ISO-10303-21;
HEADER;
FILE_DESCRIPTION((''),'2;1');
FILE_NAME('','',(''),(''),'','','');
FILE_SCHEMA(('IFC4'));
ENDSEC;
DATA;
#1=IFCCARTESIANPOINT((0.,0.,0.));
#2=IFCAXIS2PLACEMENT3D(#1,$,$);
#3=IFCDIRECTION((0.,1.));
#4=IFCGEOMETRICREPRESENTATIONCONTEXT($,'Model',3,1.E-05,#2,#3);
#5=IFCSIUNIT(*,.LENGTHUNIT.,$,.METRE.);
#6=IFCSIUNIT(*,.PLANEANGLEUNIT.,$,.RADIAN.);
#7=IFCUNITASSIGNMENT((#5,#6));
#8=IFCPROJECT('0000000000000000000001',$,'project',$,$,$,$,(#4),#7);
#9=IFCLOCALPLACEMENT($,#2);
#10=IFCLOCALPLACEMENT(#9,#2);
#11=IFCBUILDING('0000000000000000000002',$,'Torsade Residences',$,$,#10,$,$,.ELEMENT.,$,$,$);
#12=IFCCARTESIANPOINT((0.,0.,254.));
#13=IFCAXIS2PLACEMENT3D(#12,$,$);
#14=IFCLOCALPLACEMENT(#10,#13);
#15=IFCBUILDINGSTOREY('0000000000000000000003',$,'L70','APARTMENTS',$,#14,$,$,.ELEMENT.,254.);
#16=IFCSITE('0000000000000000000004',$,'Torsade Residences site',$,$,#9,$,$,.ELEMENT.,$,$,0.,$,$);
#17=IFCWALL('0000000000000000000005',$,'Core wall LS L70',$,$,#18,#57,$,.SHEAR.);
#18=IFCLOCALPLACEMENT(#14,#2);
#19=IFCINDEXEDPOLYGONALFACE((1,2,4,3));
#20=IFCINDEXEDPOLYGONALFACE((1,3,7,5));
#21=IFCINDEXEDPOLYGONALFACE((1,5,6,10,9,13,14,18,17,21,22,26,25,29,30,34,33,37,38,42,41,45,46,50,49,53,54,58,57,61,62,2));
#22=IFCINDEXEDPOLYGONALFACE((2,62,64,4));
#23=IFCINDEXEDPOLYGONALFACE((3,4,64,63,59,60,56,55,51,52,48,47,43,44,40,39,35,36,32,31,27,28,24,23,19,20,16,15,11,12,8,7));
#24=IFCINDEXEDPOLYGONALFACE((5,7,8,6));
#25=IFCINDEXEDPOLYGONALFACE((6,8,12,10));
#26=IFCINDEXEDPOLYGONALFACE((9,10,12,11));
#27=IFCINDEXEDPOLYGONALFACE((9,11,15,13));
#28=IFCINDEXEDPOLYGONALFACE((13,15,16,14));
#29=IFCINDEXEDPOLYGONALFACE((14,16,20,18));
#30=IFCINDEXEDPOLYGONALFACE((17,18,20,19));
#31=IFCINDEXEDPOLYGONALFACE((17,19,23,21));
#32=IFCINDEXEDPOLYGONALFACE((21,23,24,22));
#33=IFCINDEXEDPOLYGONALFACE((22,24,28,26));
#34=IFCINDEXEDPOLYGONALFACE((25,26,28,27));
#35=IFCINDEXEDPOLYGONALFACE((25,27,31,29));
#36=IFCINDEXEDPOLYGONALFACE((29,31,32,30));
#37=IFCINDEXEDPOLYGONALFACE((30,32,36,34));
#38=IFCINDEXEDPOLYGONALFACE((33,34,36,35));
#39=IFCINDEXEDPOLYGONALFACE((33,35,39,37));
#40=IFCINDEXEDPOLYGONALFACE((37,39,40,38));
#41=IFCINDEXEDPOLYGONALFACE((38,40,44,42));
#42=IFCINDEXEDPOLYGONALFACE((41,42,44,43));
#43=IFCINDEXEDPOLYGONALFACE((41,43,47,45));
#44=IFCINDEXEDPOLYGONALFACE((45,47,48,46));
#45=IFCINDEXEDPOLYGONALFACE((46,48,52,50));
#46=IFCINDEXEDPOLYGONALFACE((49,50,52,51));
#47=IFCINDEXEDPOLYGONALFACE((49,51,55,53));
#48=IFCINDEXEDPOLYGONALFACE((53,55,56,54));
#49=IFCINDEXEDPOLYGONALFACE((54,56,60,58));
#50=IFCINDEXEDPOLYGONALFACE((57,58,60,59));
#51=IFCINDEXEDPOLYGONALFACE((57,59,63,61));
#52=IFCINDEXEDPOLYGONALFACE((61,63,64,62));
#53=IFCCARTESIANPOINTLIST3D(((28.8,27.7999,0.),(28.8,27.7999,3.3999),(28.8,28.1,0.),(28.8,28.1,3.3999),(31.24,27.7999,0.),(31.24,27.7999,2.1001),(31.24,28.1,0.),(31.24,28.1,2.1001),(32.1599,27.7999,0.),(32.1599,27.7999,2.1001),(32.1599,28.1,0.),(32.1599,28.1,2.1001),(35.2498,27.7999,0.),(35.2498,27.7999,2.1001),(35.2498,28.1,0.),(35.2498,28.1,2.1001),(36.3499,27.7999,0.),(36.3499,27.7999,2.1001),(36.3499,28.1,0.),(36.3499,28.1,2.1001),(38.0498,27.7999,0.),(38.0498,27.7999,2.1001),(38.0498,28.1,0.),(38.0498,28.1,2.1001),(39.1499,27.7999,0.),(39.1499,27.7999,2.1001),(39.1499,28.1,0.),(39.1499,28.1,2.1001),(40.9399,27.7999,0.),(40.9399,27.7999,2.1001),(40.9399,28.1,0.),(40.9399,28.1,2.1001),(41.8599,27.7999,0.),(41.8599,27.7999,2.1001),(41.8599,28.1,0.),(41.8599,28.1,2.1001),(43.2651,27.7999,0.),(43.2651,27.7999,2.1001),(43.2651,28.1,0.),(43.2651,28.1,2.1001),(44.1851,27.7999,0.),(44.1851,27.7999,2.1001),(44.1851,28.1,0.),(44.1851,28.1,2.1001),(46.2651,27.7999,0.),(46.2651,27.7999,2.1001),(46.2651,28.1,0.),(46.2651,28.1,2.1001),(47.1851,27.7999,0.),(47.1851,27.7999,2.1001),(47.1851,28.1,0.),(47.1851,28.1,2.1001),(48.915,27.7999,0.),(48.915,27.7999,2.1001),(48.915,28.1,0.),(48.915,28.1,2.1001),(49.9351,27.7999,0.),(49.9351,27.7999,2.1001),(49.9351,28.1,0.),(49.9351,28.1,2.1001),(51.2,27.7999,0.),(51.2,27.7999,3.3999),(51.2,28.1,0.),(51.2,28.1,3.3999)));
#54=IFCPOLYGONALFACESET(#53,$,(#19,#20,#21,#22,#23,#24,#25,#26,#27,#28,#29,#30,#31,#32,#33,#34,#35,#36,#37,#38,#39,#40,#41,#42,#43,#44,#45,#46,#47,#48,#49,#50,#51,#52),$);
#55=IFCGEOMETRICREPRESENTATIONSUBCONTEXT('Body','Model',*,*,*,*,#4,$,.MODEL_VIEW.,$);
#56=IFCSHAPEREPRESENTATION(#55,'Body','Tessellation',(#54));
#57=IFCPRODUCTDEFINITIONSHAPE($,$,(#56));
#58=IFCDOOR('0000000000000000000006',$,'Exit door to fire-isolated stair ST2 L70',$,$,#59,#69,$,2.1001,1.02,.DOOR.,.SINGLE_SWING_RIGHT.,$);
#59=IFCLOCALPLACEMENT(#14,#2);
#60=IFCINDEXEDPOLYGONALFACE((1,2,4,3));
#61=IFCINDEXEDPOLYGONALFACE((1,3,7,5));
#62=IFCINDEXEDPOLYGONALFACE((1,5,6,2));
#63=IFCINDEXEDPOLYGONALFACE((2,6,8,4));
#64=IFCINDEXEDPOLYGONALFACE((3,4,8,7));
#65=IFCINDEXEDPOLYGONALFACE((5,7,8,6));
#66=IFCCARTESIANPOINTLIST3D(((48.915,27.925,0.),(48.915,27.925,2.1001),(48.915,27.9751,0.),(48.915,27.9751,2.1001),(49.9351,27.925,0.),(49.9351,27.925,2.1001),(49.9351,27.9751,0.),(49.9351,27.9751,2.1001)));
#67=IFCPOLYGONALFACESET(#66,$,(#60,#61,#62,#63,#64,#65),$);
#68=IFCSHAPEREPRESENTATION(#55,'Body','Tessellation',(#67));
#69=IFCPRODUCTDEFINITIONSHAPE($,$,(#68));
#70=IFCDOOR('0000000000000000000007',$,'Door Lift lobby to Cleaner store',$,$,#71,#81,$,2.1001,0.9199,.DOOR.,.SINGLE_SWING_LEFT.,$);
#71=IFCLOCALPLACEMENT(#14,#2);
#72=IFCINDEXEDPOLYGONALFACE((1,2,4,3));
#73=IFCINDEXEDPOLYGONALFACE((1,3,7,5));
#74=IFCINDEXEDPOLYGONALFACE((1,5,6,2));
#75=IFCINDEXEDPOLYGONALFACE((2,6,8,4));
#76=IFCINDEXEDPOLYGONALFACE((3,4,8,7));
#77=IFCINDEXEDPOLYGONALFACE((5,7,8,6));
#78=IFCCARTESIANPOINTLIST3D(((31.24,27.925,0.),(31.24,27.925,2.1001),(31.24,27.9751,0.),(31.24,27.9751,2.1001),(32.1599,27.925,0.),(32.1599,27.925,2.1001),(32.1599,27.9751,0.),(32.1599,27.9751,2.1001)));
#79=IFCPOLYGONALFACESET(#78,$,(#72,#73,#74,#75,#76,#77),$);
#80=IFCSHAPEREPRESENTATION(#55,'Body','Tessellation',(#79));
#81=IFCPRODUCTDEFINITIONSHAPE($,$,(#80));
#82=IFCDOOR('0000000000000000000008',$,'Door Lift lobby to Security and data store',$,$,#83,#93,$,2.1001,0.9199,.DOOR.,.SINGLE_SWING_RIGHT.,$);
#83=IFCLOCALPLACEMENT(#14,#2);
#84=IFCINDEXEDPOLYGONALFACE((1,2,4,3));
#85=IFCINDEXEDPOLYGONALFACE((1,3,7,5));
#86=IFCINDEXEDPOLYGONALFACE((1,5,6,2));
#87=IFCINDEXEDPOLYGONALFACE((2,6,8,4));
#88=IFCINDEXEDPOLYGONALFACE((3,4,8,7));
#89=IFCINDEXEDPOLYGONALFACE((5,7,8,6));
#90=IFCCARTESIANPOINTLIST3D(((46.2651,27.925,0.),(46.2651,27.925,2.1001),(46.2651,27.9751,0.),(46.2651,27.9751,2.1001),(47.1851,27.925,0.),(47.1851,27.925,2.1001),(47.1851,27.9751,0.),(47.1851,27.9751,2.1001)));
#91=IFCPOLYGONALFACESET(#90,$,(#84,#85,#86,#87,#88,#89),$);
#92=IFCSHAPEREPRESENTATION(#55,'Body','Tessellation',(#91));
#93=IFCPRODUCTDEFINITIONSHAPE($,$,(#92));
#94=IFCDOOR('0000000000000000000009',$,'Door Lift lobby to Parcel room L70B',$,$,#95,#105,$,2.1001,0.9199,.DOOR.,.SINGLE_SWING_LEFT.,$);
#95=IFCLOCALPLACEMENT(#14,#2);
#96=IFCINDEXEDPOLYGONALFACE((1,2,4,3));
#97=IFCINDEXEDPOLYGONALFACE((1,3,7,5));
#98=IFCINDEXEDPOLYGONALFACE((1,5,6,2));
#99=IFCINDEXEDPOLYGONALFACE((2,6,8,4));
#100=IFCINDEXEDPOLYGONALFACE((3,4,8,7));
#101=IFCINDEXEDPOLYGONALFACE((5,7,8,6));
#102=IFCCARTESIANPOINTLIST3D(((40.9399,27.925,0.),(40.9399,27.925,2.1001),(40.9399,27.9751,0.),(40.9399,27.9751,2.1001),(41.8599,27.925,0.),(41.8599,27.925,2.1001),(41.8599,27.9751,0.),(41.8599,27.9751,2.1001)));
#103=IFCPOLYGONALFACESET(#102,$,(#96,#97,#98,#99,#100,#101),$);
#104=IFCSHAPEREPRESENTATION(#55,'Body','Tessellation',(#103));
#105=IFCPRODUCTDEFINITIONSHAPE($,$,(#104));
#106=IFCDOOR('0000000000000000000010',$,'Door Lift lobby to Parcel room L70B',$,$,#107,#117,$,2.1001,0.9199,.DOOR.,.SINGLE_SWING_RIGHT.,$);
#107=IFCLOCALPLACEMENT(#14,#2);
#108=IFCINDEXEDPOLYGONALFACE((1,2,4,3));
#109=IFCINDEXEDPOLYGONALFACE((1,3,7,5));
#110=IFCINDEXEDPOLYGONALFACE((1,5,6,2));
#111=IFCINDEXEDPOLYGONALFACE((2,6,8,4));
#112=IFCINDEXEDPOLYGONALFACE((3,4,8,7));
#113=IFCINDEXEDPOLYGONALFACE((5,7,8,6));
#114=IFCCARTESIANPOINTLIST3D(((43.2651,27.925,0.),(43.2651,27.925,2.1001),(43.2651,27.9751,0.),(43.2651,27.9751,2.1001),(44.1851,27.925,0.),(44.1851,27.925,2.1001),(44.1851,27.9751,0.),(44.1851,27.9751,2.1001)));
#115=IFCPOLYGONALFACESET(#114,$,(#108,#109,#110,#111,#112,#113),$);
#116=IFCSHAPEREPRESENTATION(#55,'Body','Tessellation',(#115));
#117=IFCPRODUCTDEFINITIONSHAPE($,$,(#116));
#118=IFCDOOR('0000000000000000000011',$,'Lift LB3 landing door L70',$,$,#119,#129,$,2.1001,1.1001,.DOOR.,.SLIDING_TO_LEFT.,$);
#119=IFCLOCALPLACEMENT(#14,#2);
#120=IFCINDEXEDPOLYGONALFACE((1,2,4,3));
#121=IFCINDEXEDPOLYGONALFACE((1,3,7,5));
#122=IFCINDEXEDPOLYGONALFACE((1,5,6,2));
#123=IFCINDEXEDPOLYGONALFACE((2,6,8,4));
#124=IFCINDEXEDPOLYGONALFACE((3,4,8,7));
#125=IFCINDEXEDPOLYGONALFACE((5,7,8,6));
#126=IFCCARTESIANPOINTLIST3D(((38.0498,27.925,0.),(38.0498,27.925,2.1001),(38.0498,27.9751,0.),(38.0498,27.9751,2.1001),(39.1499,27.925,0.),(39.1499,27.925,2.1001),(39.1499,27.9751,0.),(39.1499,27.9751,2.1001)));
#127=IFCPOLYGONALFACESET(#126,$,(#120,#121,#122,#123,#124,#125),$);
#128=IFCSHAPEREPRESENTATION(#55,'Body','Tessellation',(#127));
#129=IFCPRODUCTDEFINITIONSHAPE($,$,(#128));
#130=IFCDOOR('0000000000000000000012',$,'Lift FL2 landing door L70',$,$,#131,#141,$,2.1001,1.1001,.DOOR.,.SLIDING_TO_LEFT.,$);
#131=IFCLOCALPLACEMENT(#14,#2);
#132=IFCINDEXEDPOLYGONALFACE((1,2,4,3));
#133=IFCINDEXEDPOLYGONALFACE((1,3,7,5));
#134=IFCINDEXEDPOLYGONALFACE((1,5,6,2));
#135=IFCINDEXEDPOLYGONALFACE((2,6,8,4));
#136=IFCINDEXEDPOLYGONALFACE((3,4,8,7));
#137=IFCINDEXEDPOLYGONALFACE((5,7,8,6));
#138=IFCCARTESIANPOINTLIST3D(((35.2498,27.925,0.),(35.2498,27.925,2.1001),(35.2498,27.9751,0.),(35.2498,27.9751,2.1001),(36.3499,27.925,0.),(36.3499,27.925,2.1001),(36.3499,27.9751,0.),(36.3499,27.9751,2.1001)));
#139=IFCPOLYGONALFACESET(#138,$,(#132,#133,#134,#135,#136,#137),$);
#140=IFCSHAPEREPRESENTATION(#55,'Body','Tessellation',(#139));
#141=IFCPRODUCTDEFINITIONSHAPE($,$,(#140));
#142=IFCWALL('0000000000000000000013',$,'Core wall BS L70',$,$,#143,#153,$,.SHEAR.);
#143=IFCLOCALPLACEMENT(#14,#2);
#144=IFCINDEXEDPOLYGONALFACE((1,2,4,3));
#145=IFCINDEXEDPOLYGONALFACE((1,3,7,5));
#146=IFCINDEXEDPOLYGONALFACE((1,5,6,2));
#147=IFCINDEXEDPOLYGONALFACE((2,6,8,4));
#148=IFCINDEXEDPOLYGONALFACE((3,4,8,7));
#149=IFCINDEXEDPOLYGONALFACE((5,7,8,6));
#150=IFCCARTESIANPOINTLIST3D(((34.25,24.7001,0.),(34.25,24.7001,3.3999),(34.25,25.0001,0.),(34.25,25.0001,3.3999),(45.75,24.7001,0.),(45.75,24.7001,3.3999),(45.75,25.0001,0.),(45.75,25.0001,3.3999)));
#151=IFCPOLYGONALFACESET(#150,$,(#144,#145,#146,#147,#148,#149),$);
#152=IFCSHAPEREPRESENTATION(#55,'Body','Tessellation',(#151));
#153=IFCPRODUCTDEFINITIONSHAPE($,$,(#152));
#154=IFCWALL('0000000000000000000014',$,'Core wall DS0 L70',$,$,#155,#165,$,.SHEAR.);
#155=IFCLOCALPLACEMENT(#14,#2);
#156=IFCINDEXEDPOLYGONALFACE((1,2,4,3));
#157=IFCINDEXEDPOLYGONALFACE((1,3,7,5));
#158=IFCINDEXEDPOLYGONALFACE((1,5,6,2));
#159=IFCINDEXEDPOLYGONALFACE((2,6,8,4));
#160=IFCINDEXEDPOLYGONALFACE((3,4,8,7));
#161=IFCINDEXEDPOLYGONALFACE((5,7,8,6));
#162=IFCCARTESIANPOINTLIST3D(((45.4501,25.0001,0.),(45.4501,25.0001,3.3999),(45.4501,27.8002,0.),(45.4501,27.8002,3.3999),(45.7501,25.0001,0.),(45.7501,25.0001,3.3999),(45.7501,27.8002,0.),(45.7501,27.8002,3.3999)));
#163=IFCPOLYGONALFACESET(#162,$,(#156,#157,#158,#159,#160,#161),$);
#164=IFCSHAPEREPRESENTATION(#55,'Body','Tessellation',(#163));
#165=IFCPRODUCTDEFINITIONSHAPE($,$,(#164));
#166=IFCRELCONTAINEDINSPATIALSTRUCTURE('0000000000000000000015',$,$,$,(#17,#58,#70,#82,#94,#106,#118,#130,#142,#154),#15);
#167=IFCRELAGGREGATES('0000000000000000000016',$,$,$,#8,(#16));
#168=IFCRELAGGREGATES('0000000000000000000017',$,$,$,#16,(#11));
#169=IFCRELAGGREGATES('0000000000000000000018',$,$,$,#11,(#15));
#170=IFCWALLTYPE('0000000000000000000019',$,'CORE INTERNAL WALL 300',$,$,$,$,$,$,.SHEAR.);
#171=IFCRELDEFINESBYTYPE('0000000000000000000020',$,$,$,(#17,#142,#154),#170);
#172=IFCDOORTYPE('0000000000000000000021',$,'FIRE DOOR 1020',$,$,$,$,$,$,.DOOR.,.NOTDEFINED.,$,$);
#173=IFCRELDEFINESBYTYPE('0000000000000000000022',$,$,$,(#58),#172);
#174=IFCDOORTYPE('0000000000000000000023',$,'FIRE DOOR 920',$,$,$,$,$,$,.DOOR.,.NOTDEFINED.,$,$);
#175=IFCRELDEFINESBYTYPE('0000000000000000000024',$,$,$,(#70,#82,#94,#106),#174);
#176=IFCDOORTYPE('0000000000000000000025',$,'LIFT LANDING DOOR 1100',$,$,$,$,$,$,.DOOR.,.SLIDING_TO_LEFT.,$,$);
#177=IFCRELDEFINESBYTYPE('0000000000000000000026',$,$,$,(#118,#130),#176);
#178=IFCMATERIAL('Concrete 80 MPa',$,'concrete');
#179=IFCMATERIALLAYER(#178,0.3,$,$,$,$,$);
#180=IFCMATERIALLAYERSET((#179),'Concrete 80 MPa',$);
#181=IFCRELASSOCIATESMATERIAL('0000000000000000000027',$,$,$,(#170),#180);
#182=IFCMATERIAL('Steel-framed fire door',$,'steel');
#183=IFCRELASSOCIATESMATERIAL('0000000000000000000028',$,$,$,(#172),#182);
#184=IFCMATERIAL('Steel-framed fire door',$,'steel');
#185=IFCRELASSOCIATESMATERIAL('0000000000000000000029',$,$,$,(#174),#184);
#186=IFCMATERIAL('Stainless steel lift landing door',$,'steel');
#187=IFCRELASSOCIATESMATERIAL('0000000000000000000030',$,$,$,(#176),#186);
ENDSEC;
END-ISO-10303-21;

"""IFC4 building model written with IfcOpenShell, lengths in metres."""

from ifc_helpers import new_model, si_unit, direction, frame, frame_2d, origin, place, context, subcontext, project, spatial, rectangle, extrude, material, layer, layer_set, type_object, element, fill, save


model = new_model("IFC4")

# Units and contexts
model_context = context("Model", 3, precision=1e-05, world=origin(), true_north=direction((0.0, 1.0)))
body_context = subcontext(model_context, "Body", "Model", "MODEL_VIEW")
ifc_project = project(units=[si_unit("LENGTHUNIT", "METRE"), si_unit("PLANEANGLEUNIT", "RADIAN")], contexts=[model_context])

# Site, building, storey
site_placement = place(None, origin())
site = spatial("IfcSite", under=ifc_project, at=site_placement, Name="Torsade Residences site", CompositionType="ELEMENT", RefElevation=0.0)
building_placement = place(site_placement, origin())
building = spatial("IfcBuilding", under=site, at=building_placement, Name="Torsade Residences", CompositionType="ELEMENT")
storey_placement = place(building_placement, frame((0.0, 0.0, 254.0)))
storey = spatial("IfcBuildingStorey", under=building, at=storey_placement, Name="L70", Description="APARTMENTS", CompositionType="ELEMENT", Elevation=254.0)

# Wall, openings, doors
ifc_material_1 = material(Name="Concrete 80 MPa", Category="concrete")
ifc_layer_1 = layer(ifc_material_1, 0.3)
ifc_layer_set_1 = layer_set([ifc_layer_1], Name="Concrete 80 MPa")
wall_type_1 = type_object("IfcWallType", Name="CORE INTERNAL WALL 300", PredefinedType="SHEAR", material=ifc_layer_set_1)
wall_1_placement = place(storey_placement, frame((51.2, 27.95, 0.0), z_axis=(0.0, 0.0, 1.0), x_axis=(-1.0, 0.0, 0.0)))
wall_1 = element("IfcWall", 1, at=wall_1_placement, inside=storey, type_object=wall_type_1, Name="Core wall LS L70", PredefinedType="SHEAR", context=body_context, shape_type="SweptSolid", body=[
    extrude(rectangle(XDim=22.3999, YDim=0.3, at=frame_2d((11.2, 0.0))), origin(), (0.0, 0.0, 1.0), 3.3999),
])
opening_1_placement = place(wall_1_placement, frame((19.04, 0.0, 0.0)))
opening_1 = element("IfcOpeningElement", 2, at=opening_1_placement, cuts=wall_1, PredefinedType="OPENING", context=body_context, shape_type="SweptSolid", body=[
    extrude(rectangle(XDim=0.9199, YDim=2.1001, at=frame_2d((0.46, 1.05))), frame((0.0, 0.1599, 0.0), z_axis=(0.0, -1.0, 0.0), x_axis=(1.0, 0.0, 0.0)), (0.0, 0.0, 1.0), 0.3201),
])
opening_2_placement = place(wall_1_placement, frame((1.2649, 0.0, 0.0)))
opening_2 = element("IfcOpeningElement", 3, at=opening_2_placement, cuts=wall_1, PredefinedType="OPENING", context=body_context, shape_type="SweptSolid", body=[
    extrude(rectangle(XDim=1.02, YDim=2.1001, at=frame_2d((0.51, 1.05))), frame((0.0, 0.1599, 0.0), z_axis=(0.0, -1.0, 0.0), x_axis=(1.0, 0.0, 0.0)), (0.0, 0.0, 1.0), 0.3201),
])
opening_3_placement = place(wall_1_placement, frame((4.0149, 0.0, 0.0)))
opening_3 = element("IfcOpeningElement", 4, at=opening_3_placement, cuts=wall_1, PredefinedType="OPENING", context=body_context, shape_type="SweptSolid", body=[
    extrude(rectangle(XDim=0.9199, YDim=2.1001, at=frame_2d((0.46, 1.05))), frame((0.0, 0.1599, 0.0), z_axis=(0.0, -1.0, 0.0), x_axis=(1.0, 0.0, 0.0)), (0.0, 0.0, 1.0), 0.3201),
])
opening_4_placement = place(wall_1_placement, frame((9.3401, 0.0, 0.0)))
opening_4 = element("IfcOpeningElement", 5, at=opening_4_placement, cuts=wall_1, PredefinedType="OPENING", context=body_context, shape_type="SweptSolid", body=[
    extrude(rectangle(XDim=0.9199, YDim=2.1001, at=frame_2d((0.46, 1.05))), frame((0.0, 0.1599, 0.0), z_axis=(0.0, -1.0, 0.0), x_axis=(1.0, 0.0, 0.0)), (0.0, 0.0, 1.0), 0.3201),
])
opening_5_placement = place(wall_1_placement, frame((7.0149, 0.0, 0.0)))
opening_5 = element("IfcOpeningElement", 6, at=opening_5_placement, cuts=wall_1, PredefinedType="OPENING", context=body_context, shape_type="SweptSolid", body=[
    extrude(rectangle(XDim=0.9199, YDim=2.1001, at=frame_2d((0.46, 1.05))), frame((0.0, 0.1599, 0.0), z_axis=(0.0, -1.0, 0.0), x_axis=(1.0, 0.0, 0.0)), (0.0, 0.0, 1.0), 0.3201),
])
opening_6_placement = place(wall_1_placement, frame((12.05, 0.0, 0.0)))
opening_6 = element("IfcOpeningElement", 7, at=opening_6_placement, cuts=wall_1, PredefinedType="OPENING", context=body_context, shape_type="SweptSolid", body=[
    extrude(rectangle(XDim=1.1001, YDim=2.1001, at=frame_2d((0.55, 1.05))), frame((0.0, 0.1599, 0.0), z_axis=(0.0, -1.0, 0.0), x_axis=(1.0, 0.0, 0.0)), (0.0, 0.0, 1.0), 0.3201),
])
opening_7_placement = place(wall_1_placement, frame((14.8501, 0.0, 0.0)))
opening_7 = element("IfcOpeningElement", 8, at=opening_7_placement, cuts=wall_1, PredefinedType="OPENING", context=body_context, shape_type="SweptSolid", body=[
    extrude(rectangle(XDim=1.1001, YDim=2.1001, at=frame_2d((0.55, 1.05))), frame((0.0, 0.1599, 0.0), z_axis=(0.0, -1.0, 0.0), x_axis=(1.0, 0.0, 0.0)), (0.0, 0.0, 1.0), 0.3201),
])
ifc_material_2 = material(Name="Steel-framed fire door", Category="steel")
door_type_1 = type_object("IfcDoorType", Name="FIRE DOOR 1020", OperationType="NOTDEFINED", PredefinedType="DOOR", material=ifc_material_2)
door_1_placement = place(opening_2_placement, origin())
door_1 = element("IfcDoor", 9, at=door_1_placement, inside=storey, type_object=door_type_1, Name="Exit door to fire-isolated stair ST2 L70", OperationType="SINGLE_SWING_RIGHT", OverallHeight=2.1001, OverallWidth=1.02, PredefinedType="DOOR", context=body_context, shape_type="SweptSolid", body=[
    extrude(rectangle(XDim=1.02, YDim=2.1001, at=frame_2d((0.51, 1.05))), frame((0.0, 0.0249, 0.0), z_axis=(0.0, -1.0, 0.0), x_axis=(1.0, 0.0, 0.0)), (0.0, 0.0, 1.0), 0.05),
])
fill(opening_2, door_1)
ifc_material_3 = material(Name="Steel-framed fire door", Category="steel")
door_type_2 = type_object("IfcDoorType", Name="FIRE DOOR 920", OperationType="NOTDEFINED", PredefinedType="DOOR", material=ifc_material_3)
door_2_placement = place(opening_1_placement, origin())
door_2 = element("IfcDoor", 10, at=door_2_placement, inside=storey, type_object=door_type_2, Name="Door Lift lobby to Cleaner store", OperationType="SINGLE_SWING_LEFT", OverallHeight=2.1001, OverallWidth=0.9199, PredefinedType="DOOR", context=body_context, shape_type="SweptSolid", body=[
    extrude(rectangle(XDim=0.9199, YDim=2.1001, at=frame_2d((0.46, 1.05))), frame((0.0, 0.0249, 0.0), z_axis=(0.0, -1.0, 0.0), x_axis=(1.0, 0.0, 0.0)), (0.0, 0.0, 1.0), 0.05),
])
fill(opening_1, door_2)
door_3_placement = place(opening_3_placement, origin())
door_3 = element("IfcDoor", 11, at=door_3_placement, inside=storey, type_object=door_type_2, Name="Door Lift lobby to Security and data store", OperationType="SINGLE_SWING_RIGHT", OverallHeight=2.1001, OverallWidth=0.9199, PredefinedType="DOOR", context=body_context, shape_type="SweptSolid", body=[
    extrude(rectangle(XDim=0.9199, YDim=2.1001, at=frame_2d((0.46, 1.05))), frame((0.0, 0.0249, 0.0), z_axis=(0.0, -1.0, 0.0), x_axis=(1.0, 0.0, 0.0)), (0.0, 0.0, 1.0), 0.05),
])
fill(opening_3, door_3)
door_4_placement = place(opening_4_placement, origin())
door_4 = element("IfcDoor", 12, at=door_4_placement, inside=storey, type_object=door_type_2, Name="Door Lift lobby to Parcel room L70B", OperationType="SINGLE_SWING_LEFT", OverallHeight=2.1001, OverallWidth=0.9199, PredefinedType="DOOR", context=body_context, shape_type="SweptSolid", body=[
    extrude(rectangle(XDim=0.9199, YDim=2.1001, at=frame_2d((0.46, 1.05))), frame((0.0, 0.0249, 0.0), z_axis=(0.0, -1.0, 0.0), x_axis=(1.0, 0.0, 0.0)), (0.0, 0.0, 1.0), 0.05),
])
fill(opening_4, door_4)
door_5_placement = place(opening_5_placement, origin())
door_5 = element("IfcDoor", 13, at=door_5_placement, inside=storey, type_object=door_type_2, Name="Door Lift lobby to Parcel room L70B", OperationType="SINGLE_SWING_RIGHT", OverallHeight=2.1001, OverallWidth=0.9199, PredefinedType="DOOR", context=body_context, shape_type="SweptSolid", body=[
    extrude(rectangle(XDim=0.9199, YDim=2.1001, at=frame_2d((0.46, 1.05))), frame((0.0, 0.0249, 0.0), z_axis=(0.0, -1.0, 0.0), x_axis=(1.0, 0.0, 0.0)), (0.0, 0.0, 1.0), 0.05),
])
fill(opening_5, door_5)
ifc_material_4 = material(Name="Stainless steel lift landing door", Category="steel")
door_type_3 = type_object("IfcDoorType", Name="LIFT LANDING DOOR 1100", OperationType="SLIDING_TO_LEFT", PredefinedType="DOOR", material=ifc_material_4)
door_6_placement = place(opening_6_placement, origin())
door_6 = element("IfcDoor", 14, at=door_6_placement, inside=storey, type_object=door_type_3, Name="Lift LB3 landing door L70", OperationType="SLIDING_TO_LEFT", OverallHeight=2.1001, OverallWidth=1.1001, PredefinedType="DOOR", context=body_context, shape_type="SweptSolid", body=[
    extrude(rectangle(XDim=1.1001, YDim=2.1001, at=frame_2d((0.55, 1.05))), frame((0.0, 0.0249, 0.0), z_axis=(0.0, -1.0, 0.0), x_axis=(1.0, 0.0, 0.0)), (0.0, 0.0, 1.0), 0.05),
])
fill(opening_6, door_6)
door_7_placement = place(opening_7_placement, origin())
door_7 = element("IfcDoor", 15, at=door_7_placement, inside=storey, type_object=door_type_3, Name="Lift FL2 landing door L70", OperationType="SLIDING_TO_LEFT", OverallHeight=2.1001, OverallWidth=1.1001, PredefinedType="DOOR", context=body_context, shape_type="SweptSolid", body=[
    extrude(rectangle(XDim=1.1001, YDim=2.1001, at=frame_2d((0.55, 1.05))), frame((0.0, 0.0249, 0.0), z_axis=(0.0, -1.0, 0.0), x_axis=(1.0, 0.0, 0.0)), (0.0, 0.0, 1.0), 0.05),
])
fill(opening_7, door_7)

# Walls
wall_2_placement = place(storey_placement, frame((45.75, 24.8501, 0.0), z_axis=(0.0, 0.0, 1.0), x_axis=(-1.0, 0.0, 0.0)))
element("IfcWall", 16, at=wall_2_placement, inside=storey, type_object=wall_type_1, Name="Core wall BS L70", PredefinedType="SHEAR", context=body_context, shape_type="SweptSolid", body=[
    extrude(rectangle(XDim=11.5, YDim=0.3, at=frame_2d((5.75, 0.0))), origin(), (0.0, 0.0, 1.0), 3.3999),
])
wall_3_placement = place(storey_placement, frame((45.6001, 27.8, 0.0), z_axis=(0.0, 0.0, 1.0), x_axis=(0.0, -1.0, 0.0)))
element("IfcWall", 17, at=wall_3_placement, inside=storey, type_object=wall_type_1, Name="Core wall DS0 L70", PredefinedType="SHEAR", context=body_context, shape_type="SweptSolid", body=[
    extrude(rectangle(XDim=2.8, YDim=0.3, at=frame_2d((1.3999, 0.0))), origin(), (0.0, 0.0, 1.0), 3.3999),
])

save(model, "model.ifc")
